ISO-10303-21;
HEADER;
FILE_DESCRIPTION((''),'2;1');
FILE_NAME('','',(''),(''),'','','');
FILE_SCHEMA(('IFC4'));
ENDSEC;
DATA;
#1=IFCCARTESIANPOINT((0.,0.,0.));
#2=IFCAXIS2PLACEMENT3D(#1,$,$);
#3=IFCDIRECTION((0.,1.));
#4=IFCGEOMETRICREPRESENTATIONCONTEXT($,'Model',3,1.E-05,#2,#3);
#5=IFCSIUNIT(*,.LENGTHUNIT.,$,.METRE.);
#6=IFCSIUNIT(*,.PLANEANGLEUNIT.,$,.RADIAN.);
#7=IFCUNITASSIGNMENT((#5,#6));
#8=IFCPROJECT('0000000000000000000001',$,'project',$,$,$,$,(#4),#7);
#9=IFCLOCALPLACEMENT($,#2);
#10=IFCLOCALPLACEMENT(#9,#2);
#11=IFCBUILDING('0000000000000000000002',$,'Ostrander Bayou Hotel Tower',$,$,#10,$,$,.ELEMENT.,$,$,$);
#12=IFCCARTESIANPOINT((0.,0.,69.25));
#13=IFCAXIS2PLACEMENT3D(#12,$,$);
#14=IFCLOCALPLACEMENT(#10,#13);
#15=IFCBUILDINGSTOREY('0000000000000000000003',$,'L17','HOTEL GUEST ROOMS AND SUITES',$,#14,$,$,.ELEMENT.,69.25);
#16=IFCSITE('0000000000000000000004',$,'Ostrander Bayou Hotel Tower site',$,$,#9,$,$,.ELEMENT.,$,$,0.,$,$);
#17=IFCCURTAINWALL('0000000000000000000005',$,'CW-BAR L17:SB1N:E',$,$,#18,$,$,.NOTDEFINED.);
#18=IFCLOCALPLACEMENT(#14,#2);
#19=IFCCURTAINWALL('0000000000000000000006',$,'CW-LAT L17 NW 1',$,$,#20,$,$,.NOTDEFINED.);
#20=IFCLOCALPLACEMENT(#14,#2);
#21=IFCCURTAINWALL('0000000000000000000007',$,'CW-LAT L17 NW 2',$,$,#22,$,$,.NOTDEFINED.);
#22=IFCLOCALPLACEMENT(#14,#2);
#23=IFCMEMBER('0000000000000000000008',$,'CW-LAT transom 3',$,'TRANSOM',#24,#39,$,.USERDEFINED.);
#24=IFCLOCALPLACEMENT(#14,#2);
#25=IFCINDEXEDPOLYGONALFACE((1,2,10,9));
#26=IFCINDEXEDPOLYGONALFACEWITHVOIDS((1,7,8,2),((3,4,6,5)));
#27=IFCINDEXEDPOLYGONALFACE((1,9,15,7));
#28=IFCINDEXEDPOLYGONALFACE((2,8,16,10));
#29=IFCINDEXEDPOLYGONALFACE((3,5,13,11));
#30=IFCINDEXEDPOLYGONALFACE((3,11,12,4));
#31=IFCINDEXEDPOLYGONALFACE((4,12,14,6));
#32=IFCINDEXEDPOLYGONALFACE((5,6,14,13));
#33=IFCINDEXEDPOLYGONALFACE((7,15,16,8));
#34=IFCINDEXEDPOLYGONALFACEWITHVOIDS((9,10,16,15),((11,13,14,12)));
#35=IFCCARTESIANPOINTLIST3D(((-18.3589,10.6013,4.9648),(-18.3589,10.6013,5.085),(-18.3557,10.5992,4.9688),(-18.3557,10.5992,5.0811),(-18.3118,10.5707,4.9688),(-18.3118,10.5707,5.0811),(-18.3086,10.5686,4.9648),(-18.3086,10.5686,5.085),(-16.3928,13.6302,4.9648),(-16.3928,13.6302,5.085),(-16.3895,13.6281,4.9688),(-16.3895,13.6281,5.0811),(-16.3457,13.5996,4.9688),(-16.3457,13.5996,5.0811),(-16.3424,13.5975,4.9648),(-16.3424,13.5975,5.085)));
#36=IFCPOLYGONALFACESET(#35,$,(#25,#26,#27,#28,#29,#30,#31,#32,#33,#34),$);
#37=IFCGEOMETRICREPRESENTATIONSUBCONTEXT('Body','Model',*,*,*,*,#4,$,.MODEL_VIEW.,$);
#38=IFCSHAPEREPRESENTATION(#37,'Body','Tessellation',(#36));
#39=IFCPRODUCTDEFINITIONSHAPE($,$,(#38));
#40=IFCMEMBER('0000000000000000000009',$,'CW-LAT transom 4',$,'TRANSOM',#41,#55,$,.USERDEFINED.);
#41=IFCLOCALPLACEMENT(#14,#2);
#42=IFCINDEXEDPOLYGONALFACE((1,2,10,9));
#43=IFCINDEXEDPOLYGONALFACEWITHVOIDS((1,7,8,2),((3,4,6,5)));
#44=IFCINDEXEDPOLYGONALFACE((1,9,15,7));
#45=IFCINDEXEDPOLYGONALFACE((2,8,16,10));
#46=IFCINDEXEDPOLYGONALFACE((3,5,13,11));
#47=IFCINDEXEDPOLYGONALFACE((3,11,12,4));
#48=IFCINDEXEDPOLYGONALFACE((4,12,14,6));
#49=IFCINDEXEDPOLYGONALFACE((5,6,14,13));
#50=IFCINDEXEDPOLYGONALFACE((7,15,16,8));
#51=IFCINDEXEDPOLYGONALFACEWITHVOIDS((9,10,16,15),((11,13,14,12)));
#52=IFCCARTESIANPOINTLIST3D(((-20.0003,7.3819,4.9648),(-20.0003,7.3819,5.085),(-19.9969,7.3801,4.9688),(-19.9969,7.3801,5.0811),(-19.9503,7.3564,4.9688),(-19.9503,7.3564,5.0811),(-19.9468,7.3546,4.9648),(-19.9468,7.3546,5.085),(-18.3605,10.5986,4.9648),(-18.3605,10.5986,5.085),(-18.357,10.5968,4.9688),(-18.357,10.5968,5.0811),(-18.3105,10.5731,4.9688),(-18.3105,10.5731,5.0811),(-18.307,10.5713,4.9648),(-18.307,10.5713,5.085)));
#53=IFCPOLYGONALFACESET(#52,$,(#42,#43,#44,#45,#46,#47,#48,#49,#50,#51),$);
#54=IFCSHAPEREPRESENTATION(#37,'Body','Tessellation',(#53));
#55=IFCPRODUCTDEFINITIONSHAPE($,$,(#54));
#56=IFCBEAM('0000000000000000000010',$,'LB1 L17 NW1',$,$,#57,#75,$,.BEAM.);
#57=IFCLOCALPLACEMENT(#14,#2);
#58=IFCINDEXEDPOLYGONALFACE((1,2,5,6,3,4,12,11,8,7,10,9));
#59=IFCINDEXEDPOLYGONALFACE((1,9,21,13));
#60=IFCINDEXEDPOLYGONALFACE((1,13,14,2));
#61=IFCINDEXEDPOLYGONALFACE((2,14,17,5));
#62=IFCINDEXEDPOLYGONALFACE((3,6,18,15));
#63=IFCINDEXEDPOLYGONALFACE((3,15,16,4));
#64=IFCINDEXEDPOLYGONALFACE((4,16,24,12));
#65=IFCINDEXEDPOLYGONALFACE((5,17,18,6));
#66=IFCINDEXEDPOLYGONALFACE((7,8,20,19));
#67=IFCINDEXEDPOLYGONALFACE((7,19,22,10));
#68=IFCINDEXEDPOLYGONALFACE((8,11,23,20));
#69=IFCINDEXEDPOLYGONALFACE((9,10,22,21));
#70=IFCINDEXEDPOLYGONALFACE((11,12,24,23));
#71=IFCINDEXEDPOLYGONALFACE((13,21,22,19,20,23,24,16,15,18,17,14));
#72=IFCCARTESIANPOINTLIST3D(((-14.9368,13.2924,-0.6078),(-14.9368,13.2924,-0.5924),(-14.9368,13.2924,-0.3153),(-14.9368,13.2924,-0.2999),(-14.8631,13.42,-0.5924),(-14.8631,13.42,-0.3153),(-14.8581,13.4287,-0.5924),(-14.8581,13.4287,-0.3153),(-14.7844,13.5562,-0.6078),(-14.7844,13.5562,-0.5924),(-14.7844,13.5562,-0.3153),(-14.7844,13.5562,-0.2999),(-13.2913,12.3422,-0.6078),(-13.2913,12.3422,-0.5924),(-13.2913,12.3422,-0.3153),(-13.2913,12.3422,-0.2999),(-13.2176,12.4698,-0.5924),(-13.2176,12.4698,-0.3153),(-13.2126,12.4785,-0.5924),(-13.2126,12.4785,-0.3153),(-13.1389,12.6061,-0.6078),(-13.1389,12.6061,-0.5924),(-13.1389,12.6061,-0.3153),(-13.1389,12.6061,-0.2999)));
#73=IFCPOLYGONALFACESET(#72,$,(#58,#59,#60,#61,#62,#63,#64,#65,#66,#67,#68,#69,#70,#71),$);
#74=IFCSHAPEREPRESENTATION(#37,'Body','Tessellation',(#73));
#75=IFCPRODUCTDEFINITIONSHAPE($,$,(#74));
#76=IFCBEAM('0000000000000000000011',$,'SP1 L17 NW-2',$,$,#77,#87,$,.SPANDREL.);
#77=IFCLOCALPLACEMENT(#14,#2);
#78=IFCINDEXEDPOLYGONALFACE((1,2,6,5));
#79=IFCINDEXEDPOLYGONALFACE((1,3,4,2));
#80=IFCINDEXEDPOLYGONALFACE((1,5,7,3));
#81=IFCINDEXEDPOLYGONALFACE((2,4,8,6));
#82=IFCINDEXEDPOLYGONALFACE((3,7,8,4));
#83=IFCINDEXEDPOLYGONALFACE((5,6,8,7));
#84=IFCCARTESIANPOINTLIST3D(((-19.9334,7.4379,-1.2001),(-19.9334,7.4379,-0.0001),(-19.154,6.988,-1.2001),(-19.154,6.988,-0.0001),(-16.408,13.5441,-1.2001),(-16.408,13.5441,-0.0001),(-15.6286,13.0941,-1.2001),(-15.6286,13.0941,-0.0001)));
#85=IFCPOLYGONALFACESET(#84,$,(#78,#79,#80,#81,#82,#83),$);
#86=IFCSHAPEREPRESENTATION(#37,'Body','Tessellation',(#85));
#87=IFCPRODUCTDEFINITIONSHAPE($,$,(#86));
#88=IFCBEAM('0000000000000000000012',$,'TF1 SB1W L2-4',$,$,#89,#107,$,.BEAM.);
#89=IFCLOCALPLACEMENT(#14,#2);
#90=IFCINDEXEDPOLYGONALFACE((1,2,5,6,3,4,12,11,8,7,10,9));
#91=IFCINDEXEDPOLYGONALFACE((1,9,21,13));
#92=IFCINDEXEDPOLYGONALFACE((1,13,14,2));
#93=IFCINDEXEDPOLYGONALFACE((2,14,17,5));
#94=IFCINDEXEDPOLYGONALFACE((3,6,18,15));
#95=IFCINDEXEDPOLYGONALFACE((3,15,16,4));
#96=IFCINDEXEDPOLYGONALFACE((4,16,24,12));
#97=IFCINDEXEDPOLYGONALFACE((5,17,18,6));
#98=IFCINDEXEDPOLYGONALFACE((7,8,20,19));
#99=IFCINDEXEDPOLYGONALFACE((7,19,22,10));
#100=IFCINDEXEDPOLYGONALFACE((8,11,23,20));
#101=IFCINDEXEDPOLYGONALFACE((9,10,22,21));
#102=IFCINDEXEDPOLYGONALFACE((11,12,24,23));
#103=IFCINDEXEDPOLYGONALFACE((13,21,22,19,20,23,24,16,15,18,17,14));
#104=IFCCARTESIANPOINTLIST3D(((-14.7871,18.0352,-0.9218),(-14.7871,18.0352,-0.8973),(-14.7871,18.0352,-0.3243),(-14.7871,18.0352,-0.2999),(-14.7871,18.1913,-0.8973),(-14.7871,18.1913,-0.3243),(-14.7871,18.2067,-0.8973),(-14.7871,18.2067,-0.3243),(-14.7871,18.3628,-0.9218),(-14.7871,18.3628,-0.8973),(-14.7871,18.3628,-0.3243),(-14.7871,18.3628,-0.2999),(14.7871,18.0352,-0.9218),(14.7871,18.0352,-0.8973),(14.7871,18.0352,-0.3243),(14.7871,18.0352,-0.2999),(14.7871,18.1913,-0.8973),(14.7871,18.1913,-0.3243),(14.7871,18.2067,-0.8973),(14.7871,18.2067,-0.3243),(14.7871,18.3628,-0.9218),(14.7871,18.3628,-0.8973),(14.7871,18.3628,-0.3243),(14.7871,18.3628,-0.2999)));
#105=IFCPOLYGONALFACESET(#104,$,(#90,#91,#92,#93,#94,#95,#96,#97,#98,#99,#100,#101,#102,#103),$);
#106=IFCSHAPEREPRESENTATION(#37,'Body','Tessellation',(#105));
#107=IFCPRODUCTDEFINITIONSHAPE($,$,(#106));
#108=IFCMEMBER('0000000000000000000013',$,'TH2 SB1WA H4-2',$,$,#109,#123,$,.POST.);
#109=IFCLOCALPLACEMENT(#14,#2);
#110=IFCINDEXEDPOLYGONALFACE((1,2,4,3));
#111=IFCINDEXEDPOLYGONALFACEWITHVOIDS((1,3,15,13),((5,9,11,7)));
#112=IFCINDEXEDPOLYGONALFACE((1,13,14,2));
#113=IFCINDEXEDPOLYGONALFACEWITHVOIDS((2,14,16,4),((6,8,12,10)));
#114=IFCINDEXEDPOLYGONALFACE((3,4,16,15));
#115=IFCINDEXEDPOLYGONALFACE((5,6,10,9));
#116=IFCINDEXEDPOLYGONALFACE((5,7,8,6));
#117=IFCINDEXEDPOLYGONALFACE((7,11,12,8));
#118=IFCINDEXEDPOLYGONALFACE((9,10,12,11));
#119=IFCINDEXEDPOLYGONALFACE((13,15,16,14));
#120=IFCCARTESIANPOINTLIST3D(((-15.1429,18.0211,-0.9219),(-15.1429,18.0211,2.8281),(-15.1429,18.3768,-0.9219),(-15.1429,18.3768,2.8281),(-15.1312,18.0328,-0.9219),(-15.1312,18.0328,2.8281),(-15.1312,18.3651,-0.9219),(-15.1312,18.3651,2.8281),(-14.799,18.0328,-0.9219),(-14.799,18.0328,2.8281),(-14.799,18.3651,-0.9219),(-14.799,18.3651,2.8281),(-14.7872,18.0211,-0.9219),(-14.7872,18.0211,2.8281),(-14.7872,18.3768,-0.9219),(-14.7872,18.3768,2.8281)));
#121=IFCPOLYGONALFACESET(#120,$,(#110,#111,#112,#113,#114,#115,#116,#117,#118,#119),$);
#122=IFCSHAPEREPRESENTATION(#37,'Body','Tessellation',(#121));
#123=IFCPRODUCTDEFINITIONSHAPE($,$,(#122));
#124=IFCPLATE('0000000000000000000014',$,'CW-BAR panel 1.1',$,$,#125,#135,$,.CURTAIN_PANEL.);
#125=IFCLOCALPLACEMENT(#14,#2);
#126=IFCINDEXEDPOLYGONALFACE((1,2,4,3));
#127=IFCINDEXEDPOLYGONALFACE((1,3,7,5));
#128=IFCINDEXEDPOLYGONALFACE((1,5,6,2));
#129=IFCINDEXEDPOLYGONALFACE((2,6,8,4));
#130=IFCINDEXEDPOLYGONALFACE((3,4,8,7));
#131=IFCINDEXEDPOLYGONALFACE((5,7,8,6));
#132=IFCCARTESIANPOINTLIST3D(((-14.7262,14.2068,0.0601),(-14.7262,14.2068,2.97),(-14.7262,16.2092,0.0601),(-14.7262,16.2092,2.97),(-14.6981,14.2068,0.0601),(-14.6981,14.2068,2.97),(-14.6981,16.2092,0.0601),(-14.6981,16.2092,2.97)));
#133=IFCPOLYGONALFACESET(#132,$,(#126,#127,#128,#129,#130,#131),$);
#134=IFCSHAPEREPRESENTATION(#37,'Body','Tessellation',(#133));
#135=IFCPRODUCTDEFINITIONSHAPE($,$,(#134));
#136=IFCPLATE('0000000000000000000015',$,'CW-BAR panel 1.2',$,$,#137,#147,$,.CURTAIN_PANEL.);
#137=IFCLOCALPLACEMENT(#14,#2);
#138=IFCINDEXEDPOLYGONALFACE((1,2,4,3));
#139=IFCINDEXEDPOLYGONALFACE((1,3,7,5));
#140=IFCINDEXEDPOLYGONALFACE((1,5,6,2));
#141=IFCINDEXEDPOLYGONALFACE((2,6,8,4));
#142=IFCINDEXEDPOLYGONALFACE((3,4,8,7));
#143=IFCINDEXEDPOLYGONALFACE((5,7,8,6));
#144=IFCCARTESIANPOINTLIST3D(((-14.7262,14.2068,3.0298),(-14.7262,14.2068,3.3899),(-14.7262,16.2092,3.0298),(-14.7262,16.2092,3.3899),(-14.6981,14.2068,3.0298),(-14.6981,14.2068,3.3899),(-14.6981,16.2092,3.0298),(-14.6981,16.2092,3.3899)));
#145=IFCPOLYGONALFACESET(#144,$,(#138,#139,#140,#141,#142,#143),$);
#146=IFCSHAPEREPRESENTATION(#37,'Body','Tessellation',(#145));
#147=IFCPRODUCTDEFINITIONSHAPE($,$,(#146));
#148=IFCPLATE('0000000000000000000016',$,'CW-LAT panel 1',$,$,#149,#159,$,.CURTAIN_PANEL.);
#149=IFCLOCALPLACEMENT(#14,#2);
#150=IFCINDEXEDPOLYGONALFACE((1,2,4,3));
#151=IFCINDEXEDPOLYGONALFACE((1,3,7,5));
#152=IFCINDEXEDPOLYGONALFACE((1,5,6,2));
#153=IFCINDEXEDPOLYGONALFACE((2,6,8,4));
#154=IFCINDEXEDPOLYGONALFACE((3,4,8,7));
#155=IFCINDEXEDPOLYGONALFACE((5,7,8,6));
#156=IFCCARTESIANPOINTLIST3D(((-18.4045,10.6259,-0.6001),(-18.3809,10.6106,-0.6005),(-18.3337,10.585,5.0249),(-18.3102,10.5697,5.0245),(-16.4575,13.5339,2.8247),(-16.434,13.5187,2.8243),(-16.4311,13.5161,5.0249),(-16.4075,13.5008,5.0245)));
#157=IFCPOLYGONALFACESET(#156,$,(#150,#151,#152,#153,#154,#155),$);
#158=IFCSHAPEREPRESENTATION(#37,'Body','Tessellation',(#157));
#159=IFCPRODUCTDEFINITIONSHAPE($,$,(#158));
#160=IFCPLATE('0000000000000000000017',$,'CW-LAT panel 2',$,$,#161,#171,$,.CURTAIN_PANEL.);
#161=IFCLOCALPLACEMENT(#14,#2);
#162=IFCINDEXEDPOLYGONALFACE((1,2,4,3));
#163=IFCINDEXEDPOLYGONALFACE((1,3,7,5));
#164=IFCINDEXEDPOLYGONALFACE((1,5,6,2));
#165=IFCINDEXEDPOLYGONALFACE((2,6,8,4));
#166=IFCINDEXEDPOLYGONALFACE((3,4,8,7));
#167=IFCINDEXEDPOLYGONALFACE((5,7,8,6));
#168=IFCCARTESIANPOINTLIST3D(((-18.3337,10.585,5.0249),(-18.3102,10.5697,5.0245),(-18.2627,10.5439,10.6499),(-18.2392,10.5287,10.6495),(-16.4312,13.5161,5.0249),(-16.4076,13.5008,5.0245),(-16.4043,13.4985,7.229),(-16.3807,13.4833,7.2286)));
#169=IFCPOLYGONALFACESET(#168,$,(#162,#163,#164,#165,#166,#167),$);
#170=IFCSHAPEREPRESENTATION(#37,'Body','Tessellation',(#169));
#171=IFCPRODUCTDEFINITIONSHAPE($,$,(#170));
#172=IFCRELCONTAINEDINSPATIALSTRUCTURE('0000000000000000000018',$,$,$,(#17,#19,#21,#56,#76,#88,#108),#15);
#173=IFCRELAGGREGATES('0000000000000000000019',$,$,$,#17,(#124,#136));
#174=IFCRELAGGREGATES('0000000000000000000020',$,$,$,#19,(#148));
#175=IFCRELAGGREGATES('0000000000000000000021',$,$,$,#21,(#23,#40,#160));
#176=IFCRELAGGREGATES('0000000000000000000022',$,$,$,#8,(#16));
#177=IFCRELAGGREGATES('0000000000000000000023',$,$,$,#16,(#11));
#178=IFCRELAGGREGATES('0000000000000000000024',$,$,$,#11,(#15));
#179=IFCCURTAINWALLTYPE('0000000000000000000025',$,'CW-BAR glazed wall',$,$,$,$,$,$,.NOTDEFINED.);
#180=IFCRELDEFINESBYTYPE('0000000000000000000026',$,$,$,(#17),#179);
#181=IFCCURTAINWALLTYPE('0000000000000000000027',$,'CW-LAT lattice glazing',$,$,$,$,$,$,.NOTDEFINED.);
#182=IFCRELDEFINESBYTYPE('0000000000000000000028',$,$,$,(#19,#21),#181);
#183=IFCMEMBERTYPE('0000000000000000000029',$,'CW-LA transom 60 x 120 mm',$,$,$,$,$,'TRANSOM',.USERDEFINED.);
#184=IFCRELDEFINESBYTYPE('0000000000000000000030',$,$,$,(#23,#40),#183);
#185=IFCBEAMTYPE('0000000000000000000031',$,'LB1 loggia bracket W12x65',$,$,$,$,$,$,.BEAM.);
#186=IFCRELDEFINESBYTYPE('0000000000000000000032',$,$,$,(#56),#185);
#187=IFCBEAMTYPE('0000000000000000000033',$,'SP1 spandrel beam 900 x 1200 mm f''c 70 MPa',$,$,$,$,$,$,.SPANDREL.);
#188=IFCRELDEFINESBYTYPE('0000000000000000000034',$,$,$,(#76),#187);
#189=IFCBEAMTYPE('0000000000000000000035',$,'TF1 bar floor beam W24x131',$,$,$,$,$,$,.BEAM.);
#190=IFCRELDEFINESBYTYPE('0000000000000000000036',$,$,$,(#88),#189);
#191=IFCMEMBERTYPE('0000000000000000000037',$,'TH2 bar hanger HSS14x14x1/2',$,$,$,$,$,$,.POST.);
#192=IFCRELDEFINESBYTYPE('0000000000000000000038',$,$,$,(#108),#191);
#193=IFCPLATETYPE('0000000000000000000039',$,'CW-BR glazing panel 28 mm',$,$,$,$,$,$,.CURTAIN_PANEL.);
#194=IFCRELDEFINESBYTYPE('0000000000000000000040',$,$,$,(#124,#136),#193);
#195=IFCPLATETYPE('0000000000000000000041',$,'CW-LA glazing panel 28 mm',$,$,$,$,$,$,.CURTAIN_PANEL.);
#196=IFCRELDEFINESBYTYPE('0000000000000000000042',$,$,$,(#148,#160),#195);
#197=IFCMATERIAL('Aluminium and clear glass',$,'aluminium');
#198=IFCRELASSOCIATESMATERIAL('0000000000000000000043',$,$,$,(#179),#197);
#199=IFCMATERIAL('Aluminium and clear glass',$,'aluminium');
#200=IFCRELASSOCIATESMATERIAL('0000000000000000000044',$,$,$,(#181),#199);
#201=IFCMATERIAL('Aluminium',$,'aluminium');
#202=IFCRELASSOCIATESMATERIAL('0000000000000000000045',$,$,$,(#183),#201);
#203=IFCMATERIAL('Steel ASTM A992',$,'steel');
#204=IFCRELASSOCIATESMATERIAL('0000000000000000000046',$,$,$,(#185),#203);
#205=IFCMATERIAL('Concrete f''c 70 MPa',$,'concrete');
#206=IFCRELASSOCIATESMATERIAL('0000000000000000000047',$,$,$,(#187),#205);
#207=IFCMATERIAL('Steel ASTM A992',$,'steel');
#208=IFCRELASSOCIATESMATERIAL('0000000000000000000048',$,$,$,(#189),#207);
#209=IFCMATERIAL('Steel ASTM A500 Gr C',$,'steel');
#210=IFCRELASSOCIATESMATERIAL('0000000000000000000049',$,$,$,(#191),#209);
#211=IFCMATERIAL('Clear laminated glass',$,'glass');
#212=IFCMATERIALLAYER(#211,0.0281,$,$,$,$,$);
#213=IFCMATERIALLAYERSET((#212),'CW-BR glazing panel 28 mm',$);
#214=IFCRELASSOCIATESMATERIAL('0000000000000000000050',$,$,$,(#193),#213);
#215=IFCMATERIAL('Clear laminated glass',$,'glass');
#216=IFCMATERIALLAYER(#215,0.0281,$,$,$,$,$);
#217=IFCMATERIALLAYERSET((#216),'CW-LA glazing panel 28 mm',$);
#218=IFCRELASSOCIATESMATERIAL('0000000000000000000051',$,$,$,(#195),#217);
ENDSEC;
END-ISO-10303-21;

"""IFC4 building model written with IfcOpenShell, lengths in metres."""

from ifc_helpers import new_model, si_unit, direction, frame, origin, origin_2d, place, context, subcontext, project, spatial, polyline, rectangle, hollow_rectangle, i_section, outline, extrude, material, layer, layer_set, material_profile, profile_set, type_object, element, aggregate, save


model = new_model("IFC4")

# Units and contexts
model_context = context("Model", 3, precision=1e-05, world=origin(), true_north=direction((0.0, 1.0)))
body_context = subcontext(model_context, "Body", "Model", "MODEL_VIEW")
ifc_project = project(units=[si_unit("LENGTHUNIT", "METRE"), si_unit("PLANEANGLEUNIT", "RADIAN")], contexts=[model_context])

# Site, building, storey
site_placement = place(None, origin())
site = spatial("IfcSite", under=ifc_project, at=site_placement, Name="Ostrander Bayou Hotel Tower site", CompositionType="ELEMENT", RefElevation=0.0)
building_placement = place(site_placement, origin())
building = spatial("IfcBuilding", under=site, at=building_placement, Name="Ostrander Bayou Hotel Tower", CompositionType="ELEMENT")
storey_placement = place(building_placement, frame((0.0, 0.0, 69.25)))
storey = spatial("IfcBuildingStorey", under=building, at=storey_placement, Name="L17", Description="HOTEL GUEST ROOMS AND SUITES", CompositionType="ELEMENT", Elevation=69.25)

# Curtain walls, members
ifc_material_1 = material(Name="Aluminium and clear glass", Category="aluminium")
curtain_wall_type_1 = type_object("IfcCurtainWallType", Name="CW-BAR glazed wall", PredefinedType="NOTDEFINED", material=ifc_material_1)
curtain_wall_1_placement = place(storey_placement, origin())
curtain_wall_1 = element("IfcCurtainWall", 1, at=curtain_wall_1_placement, inside=storey, type_object=curtain_wall_type_1, Name="CW-BAR L17:SB1N:E", PredefinedType="NOTDEFINED")
ifc_material_2 = material(Name="Aluminium and clear glass", Category="aluminium")
curtain_wall_type_2 = type_object("IfcCurtainWallType", Name="CW-LAT lattice glazing", PredefinedType="NOTDEFINED", material=ifc_material_2)
curtain_wall_2_placement = place(storey_placement, origin())
curtain_wall_2 = element("IfcCurtainWall", 2, at=curtain_wall_2_placement, inside=storey, type_object=curtain_wall_type_2, Name="CW-LAT L17 NW 1", PredefinedType="NOTDEFINED")
curtain_wall_3_placement = place(storey_placement, origin())
curtain_wall_3 = element("IfcCurtainWall", 3, at=curtain_wall_3_placement, inside=storey, type_object=curtain_wall_type_2, Name="CW-LAT L17 NW 2", PredefinedType="NOTDEFINED")
ifc_material_3 = material(Name="Aluminium", Category="aluminium")
ifc_material_profile_1 = material_profile(ifc_material_3, hollow_rectangle(XDim=0.0601, YDim=0.1201, WallThickness=0.0039, at=origin_2d()))
ifc_profile_set_1 = profile_set([ifc_material_profile_1], Name="Aluminium")
member_type_1 = type_object("IfcMemberType", Name="CW-LA transom 60 x 120 mm", ElementType="TRANSOM", PredefinedType="USERDEFINED", material=ifc_profile_set_1)
member_1_placement = place(storey_placement, frame((-18.3337, 10.585, 5.0249), z_axis=(0.54447, 0.83878, 0.0), x_axis=(-0.83878, 0.54447, 0.0)))
member_1 = element("IfcMember", 4, at=member_1_placement, type_object=member_type_1, Name="CW-LAT transom 3", ObjectType="TRANSOM", PredefinedType="USERDEFINED", context=body_context, shape_type="SweptSolid", body=[
    extrude(hollow_rectangle(XDim=0.0601, YDim=0.1201, WallThickness=0.0039, at=origin_2d()), origin(), (0.0, 0.0, 1.0), 3.6111),
])
member_2_placement = place(storey_placement, frame((-18.3337, 10.585, 5.0249), z_axis=(-0.454178, -0.890911, 0.0), x_axis=(0.890911, -0.454178, 0.0)))
member_2 = element("IfcMember", 5, at=member_2_placement, type_object=member_type_1, Name="CW-LAT transom 4", ObjectType="TRANSOM", PredefinedType="USERDEFINED", context=body_context, shape_type="SweptSolid", body=[
    extrude(hollow_rectangle(XDim=0.0601, YDim=0.1201, WallThickness=0.0039, at=origin_2d()), origin(), (0.0, 0.0, 1.0), 3.6106),
])

# Beams
ifc_material_4 = material(Name="Steel ASTM A992", Category="steel")
ifc_material_profile_2 = material_profile(ifc_material_4, i_section(OverallWidth=0.3047, OverallDepth=0.3079, WebThickness=0.01, FlangeThickness=0.0154, at=origin_2d()))
ifc_profile_set_2 = profile_set([ifc_material_profile_2], Name="Steel ASTM A992")
beam_type_1 = type_object("IfcBeamType", Name="LB1 loggia bracket W12x65", PredefinedType="BEAM", material=ifc_profile_set_2)
beam_1_placement = place(storey_placement, frame((-14.8606, 13.4243, -0.4539), z_axis=(0.865989, -0.500064, 0.0), x_axis=(0.500064, 0.865989, 0.0)))
element("IfcBeam", 6, at=beam_1_placement, inside=storey, type_object=beam_type_1, Name="LB1 L17 NW1", PredefinedType="BEAM", context=body_context, shape_type="SweptSolid", body=[
    extrude(i_section(OverallWidth=0.3047, OverallDepth=0.3079, WebThickness=0.01, FlangeThickness=0.0154, at=origin_2d()), origin(), (0.0, 0.0, 1.0), 1.9001),
])
ifc_material_5 = material(Name="Concrete f'c 70 MPa", Category="concrete")
ifc_material_profile_3 = material_profile(ifc_material_5, rectangle(XDim=0.8999, YDim=1.2, at=origin_2d()))
ifc_profile_set_3 = profile_set([ifc_material_profile_3], Name="Concrete f'c 70 MPa")
beam_type_2 = type_object("IfcBeamType", Name="SP1 spandrel beam 900 x 1200 mm f'c 70 MPa", PredefinedType="SPANDREL", material=ifc_profile_set_3)
beam_2_placement = place(storey_placement, frame((-16.0183, 13.3191, -0.6001), z_axis=(-0.499997, -0.866027, 0.0), x_axis=(0.866027, -0.499997, 0.0)))
element("IfcBeam", 7, at=beam_2_placement, inside=storey, type_object=beam_type_2, Name="SP1 L17 NW-2", PredefinedType="SPANDREL", context=body_context, shape_type="SweptSolid", body=[
    extrude(rectangle(XDim=0.8999, YDim=1.2, at=origin_2d()), origin(), (0.0, 0.0, 1.0), 7.0508),
])
ifc_material_6 = material(Name="Steel ASTM A992", Category="steel")
ifc_material_profile_4 = material_profile(ifc_material_6, i_section(OverallWidth=0.3276, OverallDepth=0.6218, WebThickness=0.0154, FlangeThickness=0.0244, at=origin_2d()))
ifc_profile_set_4 = profile_set([ifc_material_profile_4], Name="Steel ASTM A992")
beam_type_3 = type_object("IfcBeamType", Name="TF1 bar floor beam W24x131", PredefinedType="BEAM", material=ifc_profile_set_4)
beam_3_placement = place(storey_placement, frame((-14.7871, 18.199, -0.6108), z_axis=(1.0, 0.0, 0.0), x_axis=(0.0, 1.0, 0.0)))
element("IfcBeam", 8, at=beam_3_placement, inside=storey, type_object=beam_type_3, Name="TF1 SB1W L2-4", PredefinedType="BEAM", context=body_context, shape_type="SweptSolid", body=[
    extrude(i_section(OverallWidth=0.3276, OverallDepth=0.6218, WebThickness=0.0154, FlangeThickness=0.0244, at=origin_2d()), origin(), (0.0, 0.0, 1.0), 29.5742),
])

# Member
ifc_material_7 = material(Name="Steel ASTM A500 Gr C", Category="steel")
ifc_material_profile_5 = material_profile(ifc_material_7, hollow_rectangle(XDim=0.3557, YDim=0.3557, WallThickness=0.0117, at=origin_2d()))
ifc_profile_set_5 = profile_set([ifc_material_profile_5], Name="Steel ASTM A500 Gr C")
member_type_2 = type_object("IfcMemberType", Name="TH2 bar hanger HSS14x14x1/2", PredefinedType="POST", material=ifc_profile_set_5)
member_3_placement = place(storey_placement, frame((-14.9651, 18.199, -0.9219), z_axis=(0.0, 0.0, 1.0), x_axis=(1.0, 0.0, 0.0)))
element("IfcMember", 9, at=member_3_placement, inside=storey, type_object=member_type_2, Name="TH2 SB1WA H4-2", PredefinedType="POST", context=body_context, shape_type="SweptSolid", body=[
    extrude(hollow_rectangle(XDim=0.3557, YDim=0.3557, WallThickness=0.0117, at=origin_2d()), origin(), (0.0, 0.0, 1.0), 3.75),
])

# Plates
ifc_material_8 = material(Name="Clear laminated glass", Category="glass")
ifc_layer_1 = layer(ifc_material_8, 0.0281)
ifc_layer_set_1 = layer_set([ifc_layer_1], Name="CW-BR glazing panel 28 mm")
plate_type_1 = type_object("IfcPlateType", Name="CW-BR glazing panel 28 mm", PredefinedType="CURTAIN_PANEL", material=ifc_layer_set_1)
plate_1_placement = place(storey_placement, frame((-14.7122, 15.208, 0.0601), z_axis=(0.0, 0.0, 1.0), x_axis=(0.0, 1.0, 0.0)))
plate_1 = element("IfcPlate", 10, at=plate_1_placement, type_object=plate_type_1, Name="CW-BAR panel 1.1", PredefinedType="CURTAIN_PANEL", context=body_context, shape_type="SweptSolid", body=[
    extrude(rectangle(XDim=2.0024, YDim=0.0281, at=origin_2d()), origin(), (0.0, 0.0, 1.0), 2.9099),
])
plate_2_placement = place(storey_placement, frame((-14.7122, 15.208, 3.0298), z_axis=(0.0, 0.0, 1.0), x_axis=(0.0, 1.0, 0.0)))
plate_2 = element("IfcPlate", 11, at=plate_2_placement, type_object=plate_type_1, Name="CW-BAR panel 1.2", PredefinedType="CURTAIN_PANEL", context=body_context, shape_type="SweptSolid", body=[
    extrude(rectangle(XDim=2.0024, YDim=0.0281, at=origin_2d()), origin(), (0.0, 0.0, 1.0), 0.3601),
])
aggregate(curtain_wall_1, [plate_1, plate_2])
ifc_material_9 = material(Name="Clear laminated glass", Category="glass")
ifc_layer_2 = layer(ifc_material_9, 0.0281)
ifc_layer_set_2 = layer_set([ifc_layer_2], Name="CW-LA glazing panel 28 mm")
plate_type_2 = type_object("IfcPlateType", Name="CW-LA glazing panel 28 mm", PredefinedType="CURTAIN_PANEL", material=ifc_layer_set_2)
plate_3_placement = place(storey_placement, frame((-16.4575, 13.5339, 2.8247), z_axis=(-0.838687, 0.54442, 0.014508), x_axis=(-0.397612, -0.593888, -0.69943)))
plate_3 = element("IfcPlate", 12, at=plate_3_placement, type_object=plate_type_2, Name="CW-LAT panel 1", PredefinedType="CURTAIN_PANEL", context=body_context, shape_type="SweptSolid", body=[
    extrude(outline(polyline([(0.0, 0.0), (4.8966, 0.0), (0.9585, 4.0173), (-1.5388, 1.5729), (0.0, 0.0)])), origin(), (0.0, 0.0, -1.0), 0.0281),
])
aggregate(curtain_wall_2, [plate_3])
plate_4_placement = place(storey_placement, frame((-16.4043, 13.4985, 7.229), z_axis=(-0.838703, 0.544394, 0.014562), x_axis=(-0.38025, -0.604543, 0.699955)))
plate_4 = element("IfcPlate", 13, at=plate_4_placement, type_object=plate_type_2, Name="CW-LAT panel 2", PredefinedType="CURTAIN_PANEL", context=body_context, shape_type="SweptSolid", body=[
    extrude(outline(polyline([(0.0, 0.0), (4.8873, 0.0), (0.9523, -4.0203), (-1.5432, -1.5741), (0.0, 0.0)])), origin(), (0.0, 0.0, -1.0), 0.0281),
])
aggregate(curtain_wall_3, [member_1, member_2, plate_4])

save(model, "model.ifc")
